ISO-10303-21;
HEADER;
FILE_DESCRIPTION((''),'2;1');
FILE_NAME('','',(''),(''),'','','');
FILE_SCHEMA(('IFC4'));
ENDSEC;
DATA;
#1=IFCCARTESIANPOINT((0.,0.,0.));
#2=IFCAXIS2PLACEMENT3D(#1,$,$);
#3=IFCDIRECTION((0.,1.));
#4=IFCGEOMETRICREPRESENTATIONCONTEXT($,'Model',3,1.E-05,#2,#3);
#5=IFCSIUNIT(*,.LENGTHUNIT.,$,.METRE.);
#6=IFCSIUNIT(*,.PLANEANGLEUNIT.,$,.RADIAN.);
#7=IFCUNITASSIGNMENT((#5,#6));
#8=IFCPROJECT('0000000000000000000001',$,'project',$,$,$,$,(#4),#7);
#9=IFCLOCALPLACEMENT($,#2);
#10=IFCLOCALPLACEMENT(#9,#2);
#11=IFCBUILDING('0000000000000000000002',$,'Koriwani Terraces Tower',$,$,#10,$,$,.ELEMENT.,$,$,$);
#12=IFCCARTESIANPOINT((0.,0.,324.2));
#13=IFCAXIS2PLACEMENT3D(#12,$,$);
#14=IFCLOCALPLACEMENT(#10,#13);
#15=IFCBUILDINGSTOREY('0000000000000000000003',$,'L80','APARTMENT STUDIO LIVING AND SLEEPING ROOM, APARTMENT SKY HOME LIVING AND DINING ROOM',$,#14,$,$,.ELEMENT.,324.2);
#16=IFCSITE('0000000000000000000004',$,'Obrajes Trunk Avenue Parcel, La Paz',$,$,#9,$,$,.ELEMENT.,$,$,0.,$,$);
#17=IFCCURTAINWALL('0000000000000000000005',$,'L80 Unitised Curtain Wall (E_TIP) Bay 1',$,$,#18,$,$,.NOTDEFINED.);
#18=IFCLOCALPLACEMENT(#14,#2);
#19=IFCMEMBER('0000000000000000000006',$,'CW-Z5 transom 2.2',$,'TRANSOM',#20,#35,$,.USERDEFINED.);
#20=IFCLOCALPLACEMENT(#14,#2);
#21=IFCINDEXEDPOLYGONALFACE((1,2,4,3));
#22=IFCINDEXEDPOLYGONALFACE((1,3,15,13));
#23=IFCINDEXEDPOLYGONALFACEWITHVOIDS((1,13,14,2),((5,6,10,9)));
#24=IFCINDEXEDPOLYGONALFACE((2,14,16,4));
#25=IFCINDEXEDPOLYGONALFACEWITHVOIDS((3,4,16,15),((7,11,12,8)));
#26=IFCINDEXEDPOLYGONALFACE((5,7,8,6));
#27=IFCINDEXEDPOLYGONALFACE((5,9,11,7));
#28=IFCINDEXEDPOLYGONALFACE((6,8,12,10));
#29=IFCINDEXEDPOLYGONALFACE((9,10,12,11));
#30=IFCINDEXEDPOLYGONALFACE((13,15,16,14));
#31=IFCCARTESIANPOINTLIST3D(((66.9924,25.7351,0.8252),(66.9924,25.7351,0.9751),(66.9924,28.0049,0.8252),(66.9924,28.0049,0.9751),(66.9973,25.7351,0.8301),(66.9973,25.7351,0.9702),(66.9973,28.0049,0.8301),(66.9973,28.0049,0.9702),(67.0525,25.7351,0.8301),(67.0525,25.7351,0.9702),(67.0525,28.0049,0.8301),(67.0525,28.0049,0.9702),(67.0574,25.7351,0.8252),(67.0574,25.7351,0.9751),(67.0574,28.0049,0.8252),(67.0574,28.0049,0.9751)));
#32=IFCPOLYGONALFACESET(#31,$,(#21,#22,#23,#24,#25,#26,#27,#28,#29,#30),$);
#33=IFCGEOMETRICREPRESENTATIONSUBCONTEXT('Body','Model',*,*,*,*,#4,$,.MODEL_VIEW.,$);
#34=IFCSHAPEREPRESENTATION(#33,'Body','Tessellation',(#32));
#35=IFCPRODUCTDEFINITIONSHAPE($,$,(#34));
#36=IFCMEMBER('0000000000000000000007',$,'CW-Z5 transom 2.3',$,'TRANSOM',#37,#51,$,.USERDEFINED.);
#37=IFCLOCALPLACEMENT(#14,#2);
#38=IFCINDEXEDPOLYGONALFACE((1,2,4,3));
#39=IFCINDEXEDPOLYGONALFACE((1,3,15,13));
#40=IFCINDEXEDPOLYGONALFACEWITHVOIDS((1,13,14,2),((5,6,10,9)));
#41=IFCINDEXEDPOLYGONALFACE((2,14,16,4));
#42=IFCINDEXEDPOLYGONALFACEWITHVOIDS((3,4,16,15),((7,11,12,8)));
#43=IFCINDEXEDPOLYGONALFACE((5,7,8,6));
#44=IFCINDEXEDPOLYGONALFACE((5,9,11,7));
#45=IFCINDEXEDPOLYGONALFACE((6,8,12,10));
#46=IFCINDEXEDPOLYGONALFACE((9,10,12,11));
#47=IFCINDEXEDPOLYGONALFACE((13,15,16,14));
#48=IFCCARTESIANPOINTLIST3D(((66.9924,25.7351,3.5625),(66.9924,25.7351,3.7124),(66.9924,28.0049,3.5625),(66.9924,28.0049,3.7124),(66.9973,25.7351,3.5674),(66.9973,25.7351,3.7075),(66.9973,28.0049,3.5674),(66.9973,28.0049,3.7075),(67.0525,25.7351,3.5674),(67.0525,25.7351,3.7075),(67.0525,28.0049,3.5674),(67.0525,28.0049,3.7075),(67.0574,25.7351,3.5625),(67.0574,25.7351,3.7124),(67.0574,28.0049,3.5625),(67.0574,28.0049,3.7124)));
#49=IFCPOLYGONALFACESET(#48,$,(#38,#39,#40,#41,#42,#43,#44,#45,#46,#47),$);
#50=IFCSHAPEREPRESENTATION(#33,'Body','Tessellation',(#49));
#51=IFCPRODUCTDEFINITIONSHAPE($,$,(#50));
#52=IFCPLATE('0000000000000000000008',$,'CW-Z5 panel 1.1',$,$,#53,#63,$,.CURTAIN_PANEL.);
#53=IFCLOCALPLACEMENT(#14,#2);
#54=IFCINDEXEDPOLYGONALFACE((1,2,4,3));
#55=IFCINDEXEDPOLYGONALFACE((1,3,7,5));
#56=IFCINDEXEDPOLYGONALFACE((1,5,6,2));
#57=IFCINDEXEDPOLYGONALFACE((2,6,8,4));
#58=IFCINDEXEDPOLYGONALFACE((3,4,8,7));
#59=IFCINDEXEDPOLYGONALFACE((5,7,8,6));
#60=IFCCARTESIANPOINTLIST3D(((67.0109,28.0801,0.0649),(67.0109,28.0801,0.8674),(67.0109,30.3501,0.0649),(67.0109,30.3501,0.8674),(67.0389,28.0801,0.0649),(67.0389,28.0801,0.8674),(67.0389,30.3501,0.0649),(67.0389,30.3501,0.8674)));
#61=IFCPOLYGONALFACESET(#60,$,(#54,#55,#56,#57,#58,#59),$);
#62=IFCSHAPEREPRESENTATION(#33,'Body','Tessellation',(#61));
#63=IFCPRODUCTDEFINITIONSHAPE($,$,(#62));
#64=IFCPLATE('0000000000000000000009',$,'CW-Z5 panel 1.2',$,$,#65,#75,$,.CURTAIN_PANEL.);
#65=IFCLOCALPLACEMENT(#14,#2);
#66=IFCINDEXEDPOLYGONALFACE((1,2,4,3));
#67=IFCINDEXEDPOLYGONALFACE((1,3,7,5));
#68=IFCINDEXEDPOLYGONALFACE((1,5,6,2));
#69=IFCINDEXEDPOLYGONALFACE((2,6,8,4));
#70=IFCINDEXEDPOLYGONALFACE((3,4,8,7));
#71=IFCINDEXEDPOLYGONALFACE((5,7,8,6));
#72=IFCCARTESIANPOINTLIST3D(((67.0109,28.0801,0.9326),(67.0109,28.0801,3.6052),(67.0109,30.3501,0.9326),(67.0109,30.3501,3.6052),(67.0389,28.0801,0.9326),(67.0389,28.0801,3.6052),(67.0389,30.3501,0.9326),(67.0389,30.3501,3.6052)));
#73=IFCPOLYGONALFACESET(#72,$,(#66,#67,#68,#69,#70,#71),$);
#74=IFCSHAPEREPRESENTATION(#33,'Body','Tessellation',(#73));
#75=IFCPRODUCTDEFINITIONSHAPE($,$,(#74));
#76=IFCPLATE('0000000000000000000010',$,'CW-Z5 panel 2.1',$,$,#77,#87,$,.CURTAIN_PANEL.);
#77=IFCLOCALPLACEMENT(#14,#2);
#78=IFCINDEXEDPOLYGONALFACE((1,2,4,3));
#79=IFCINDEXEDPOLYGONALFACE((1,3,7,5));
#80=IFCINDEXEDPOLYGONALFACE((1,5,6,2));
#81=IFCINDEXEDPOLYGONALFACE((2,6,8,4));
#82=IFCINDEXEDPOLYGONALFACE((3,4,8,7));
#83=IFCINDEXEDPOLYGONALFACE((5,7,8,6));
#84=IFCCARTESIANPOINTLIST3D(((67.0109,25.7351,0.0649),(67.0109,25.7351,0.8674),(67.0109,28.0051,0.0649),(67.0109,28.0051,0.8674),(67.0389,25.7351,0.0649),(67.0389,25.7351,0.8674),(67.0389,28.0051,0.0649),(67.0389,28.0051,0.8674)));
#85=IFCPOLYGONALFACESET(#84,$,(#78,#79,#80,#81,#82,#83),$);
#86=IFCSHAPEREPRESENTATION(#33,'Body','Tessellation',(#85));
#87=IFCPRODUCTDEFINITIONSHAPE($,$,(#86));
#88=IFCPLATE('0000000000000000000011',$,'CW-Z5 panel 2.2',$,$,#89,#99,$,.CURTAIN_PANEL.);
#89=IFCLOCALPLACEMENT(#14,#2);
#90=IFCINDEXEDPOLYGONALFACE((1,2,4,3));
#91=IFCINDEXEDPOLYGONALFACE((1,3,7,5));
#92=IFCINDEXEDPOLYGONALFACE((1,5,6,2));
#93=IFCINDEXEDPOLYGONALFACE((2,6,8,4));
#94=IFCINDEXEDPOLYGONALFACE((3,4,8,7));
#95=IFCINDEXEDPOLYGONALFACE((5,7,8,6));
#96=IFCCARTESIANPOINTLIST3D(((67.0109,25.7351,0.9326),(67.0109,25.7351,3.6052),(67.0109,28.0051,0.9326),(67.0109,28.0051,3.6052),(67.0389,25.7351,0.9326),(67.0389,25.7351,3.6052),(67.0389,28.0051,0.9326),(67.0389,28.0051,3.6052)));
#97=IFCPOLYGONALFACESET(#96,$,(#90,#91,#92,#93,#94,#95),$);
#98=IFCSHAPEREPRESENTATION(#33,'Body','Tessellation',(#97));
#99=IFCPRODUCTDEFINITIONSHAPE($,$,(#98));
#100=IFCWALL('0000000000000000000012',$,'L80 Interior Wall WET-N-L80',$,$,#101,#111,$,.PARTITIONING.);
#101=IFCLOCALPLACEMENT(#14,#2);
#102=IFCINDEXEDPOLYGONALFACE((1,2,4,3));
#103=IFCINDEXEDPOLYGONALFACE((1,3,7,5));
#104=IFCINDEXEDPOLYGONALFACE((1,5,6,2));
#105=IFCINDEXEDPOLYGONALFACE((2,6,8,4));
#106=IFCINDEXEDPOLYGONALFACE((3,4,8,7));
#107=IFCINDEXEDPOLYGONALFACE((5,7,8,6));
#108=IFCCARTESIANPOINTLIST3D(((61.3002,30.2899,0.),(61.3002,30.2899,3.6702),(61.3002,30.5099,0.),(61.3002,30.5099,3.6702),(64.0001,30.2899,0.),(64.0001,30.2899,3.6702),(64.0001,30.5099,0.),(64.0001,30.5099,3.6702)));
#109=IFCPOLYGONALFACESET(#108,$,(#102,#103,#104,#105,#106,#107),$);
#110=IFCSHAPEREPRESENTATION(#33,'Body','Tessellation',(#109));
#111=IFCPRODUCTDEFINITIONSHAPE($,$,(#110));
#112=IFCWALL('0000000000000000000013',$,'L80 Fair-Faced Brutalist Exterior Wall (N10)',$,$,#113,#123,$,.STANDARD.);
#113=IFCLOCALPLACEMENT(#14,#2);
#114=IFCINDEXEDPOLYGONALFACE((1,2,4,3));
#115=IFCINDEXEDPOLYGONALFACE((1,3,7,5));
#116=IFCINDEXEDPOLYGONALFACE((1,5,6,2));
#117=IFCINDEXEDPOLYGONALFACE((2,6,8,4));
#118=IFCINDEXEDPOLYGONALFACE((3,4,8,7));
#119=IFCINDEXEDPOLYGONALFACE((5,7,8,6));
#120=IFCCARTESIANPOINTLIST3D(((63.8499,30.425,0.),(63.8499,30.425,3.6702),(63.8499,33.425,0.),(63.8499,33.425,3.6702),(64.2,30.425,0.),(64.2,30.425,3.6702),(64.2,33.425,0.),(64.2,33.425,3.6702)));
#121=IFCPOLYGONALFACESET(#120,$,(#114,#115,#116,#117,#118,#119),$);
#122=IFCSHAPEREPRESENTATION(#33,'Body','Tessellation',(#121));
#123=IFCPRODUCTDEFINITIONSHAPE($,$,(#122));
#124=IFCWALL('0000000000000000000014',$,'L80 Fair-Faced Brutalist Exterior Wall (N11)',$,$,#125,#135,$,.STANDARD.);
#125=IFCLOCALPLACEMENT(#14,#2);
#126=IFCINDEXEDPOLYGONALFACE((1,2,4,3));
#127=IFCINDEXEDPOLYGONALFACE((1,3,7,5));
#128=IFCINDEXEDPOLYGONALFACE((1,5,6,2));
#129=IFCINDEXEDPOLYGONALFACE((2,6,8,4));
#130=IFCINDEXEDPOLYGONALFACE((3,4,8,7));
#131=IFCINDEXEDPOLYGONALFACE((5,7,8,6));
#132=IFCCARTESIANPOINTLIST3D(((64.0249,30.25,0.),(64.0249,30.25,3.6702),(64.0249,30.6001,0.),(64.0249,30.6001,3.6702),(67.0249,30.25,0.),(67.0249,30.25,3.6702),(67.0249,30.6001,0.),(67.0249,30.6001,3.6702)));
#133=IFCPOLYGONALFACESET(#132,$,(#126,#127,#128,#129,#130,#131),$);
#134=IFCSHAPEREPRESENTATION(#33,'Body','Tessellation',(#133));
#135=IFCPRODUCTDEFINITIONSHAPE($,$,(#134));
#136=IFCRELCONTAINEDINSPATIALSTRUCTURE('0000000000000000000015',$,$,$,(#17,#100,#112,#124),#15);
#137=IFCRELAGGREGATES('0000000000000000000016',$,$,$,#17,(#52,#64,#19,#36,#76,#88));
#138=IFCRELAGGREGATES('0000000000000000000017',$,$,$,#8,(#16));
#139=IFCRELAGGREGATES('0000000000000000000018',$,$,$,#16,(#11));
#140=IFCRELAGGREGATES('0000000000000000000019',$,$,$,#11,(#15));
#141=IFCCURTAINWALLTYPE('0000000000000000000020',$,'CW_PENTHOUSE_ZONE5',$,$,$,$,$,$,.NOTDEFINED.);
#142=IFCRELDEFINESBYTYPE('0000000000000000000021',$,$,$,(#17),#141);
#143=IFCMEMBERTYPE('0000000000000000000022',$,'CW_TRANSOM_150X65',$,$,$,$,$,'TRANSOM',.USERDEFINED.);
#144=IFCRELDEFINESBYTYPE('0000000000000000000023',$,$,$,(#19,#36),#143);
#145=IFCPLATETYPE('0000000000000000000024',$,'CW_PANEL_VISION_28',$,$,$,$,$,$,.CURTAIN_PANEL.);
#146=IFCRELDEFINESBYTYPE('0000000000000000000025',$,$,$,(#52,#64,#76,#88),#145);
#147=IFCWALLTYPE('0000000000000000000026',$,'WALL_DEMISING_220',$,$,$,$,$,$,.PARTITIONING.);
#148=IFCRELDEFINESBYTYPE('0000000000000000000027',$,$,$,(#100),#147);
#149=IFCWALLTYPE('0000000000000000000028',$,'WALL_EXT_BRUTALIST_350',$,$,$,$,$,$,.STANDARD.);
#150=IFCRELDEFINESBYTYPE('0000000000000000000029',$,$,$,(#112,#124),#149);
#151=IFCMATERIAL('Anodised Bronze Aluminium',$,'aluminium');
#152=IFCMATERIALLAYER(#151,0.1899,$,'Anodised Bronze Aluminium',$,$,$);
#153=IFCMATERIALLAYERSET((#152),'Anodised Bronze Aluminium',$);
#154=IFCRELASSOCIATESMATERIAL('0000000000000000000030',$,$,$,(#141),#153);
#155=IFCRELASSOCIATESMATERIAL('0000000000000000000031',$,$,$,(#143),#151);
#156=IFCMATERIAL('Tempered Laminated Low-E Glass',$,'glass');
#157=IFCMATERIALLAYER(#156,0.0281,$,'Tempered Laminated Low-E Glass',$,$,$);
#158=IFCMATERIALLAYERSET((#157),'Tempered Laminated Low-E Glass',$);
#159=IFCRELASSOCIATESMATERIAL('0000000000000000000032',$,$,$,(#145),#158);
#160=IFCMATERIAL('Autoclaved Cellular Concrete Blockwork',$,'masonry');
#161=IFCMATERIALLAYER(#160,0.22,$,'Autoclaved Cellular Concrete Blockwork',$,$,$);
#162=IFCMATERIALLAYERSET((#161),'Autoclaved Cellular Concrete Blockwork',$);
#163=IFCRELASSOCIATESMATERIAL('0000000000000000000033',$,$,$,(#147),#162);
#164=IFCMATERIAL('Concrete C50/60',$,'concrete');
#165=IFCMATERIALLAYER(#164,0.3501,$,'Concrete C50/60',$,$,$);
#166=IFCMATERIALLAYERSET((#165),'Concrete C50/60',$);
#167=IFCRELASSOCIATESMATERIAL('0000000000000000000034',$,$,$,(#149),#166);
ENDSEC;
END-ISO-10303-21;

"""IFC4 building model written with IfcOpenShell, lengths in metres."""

from ifc_helpers import new_model, si_unit, direction, frame, frame_2d, origin, origin_2d, place, context, subcontext, project, spatial, rectangle, hollow_rectangle, extrude, material, layer, layer_set, material_profile, profile_set, type_object, element, aggregate, save


model = new_model("IFC4")

# Units and contexts
model_context = context("Model", 3, precision=1e-05, world=origin(), true_north=direction((0.0, 1.0)))
body_context = subcontext(model_context, "Body", "Model", "MODEL_VIEW")
ifc_project = project(units=[si_unit("LENGTHUNIT", "METRE"), si_unit("PLANEANGLEUNIT", "RADIAN")], contexts=[model_context])

# Site, building, storey
site_placement = place(None, origin())
site = spatial("IfcSite", under=ifc_project, at=site_placement, Name="Obrajes Trunk Avenue Parcel, La Paz", CompositionType="ELEMENT", RefElevation=0.0)
building_placement = place(site_placement, origin())
building = spatial("IfcBuilding", under=site, at=building_placement, Name="Koriwani Terraces Tower", CompositionType="ELEMENT")
storey_placement = place(building_placement, frame((0.0, 0.0, 324.2)))
storey = spatial("IfcBuildingStorey", under=building, at=storey_placement, Name="L80", Description="APARTMENT STUDIO LIVING AND SLEEPING ROOM, APARTMENT SKY HOME LIVING AND DINING ROOM", CompositionType="ELEMENT", Elevation=324.2)

# Shared definitions
ifc_material_1 = material(Name="Concrete C50/60", Category="concrete")

# Curtain wall, members, plates
ifc_material_2 = material(Name="Anodised Bronze Aluminium", Category="aluminium")
ifc_layer_1 = layer(ifc_material_2, 0.1899, Name="Anodised Bronze Aluminium")
ifc_layer_set_1 = layer_set([ifc_layer_1], Name="Anodised Bronze Aluminium")
curtain_wall_type = type_object("IfcCurtainWallType", Name="CW_PENTHOUSE_ZONE5", PredefinedType="NOTDEFINED", material=ifc_layer_set_1)
curtain_wall_placement = place(storey_placement, origin())
curtain_wall = element("IfcCurtainWall", 1, at=curtain_wall_placement, inside=storey, type_object=curtain_wall_type, Name="L80 Unitised Curtain Wall (E_TIP) Bay 1", PredefinedType="NOTDEFINED")
ifc_material_profile_1 = material_profile(ifc_material_2, hollow_rectangle(XDim=0.0649, YDim=0.1499, WallThickness=0.0049, at=origin_2d()), Name="Anodised Bronze Aluminium", Category="LoadBearing")
ifc_profile_set_1 = profile_set([ifc_material_profile_1], Name="Anodised Bronze Aluminium")
member_type_1 = type_object("IfcMemberType", Name="CW_TRANSOM_150X65", ElementType="TRANSOM", PredefinedType="USERDEFINED", material=ifc_profile_set_1)
member_1_placement = place(storey_placement, frame((67.0249, 28.0049, 0.9001), z_axis=(0.0, -1.0, 0.0), x_axis=(1.0, 0.0, 0.0)))
member_1 = element("IfcMember", 2, at=member_1_placement, type_object=member_type_1, Name="CW-Z5 transom 2.2", ObjectType="TRANSOM", PredefinedType="USERDEFINED", context=body_context, shape_type="SweptSolid", body=[
    extrude(hollow_rectangle(XDim=0.0649, YDim=0.1499, WallThickness=0.0049, at=origin_2d()), origin(), (0.0, 0.0, 1.0), 2.2698),
])
member_2_placement = place(storey_placement, frame((67.0249, 28.0049, 3.6375), z_axis=(0.0, -1.0, 0.0), x_axis=(1.0, 0.0, 0.0)))
member_2 = element("IfcMember", 3, at=member_2_placement, type_object=member_type_1, Name="CW-Z5 transom 2.3", ObjectType="TRANSOM", PredefinedType="USERDEFINED", context=body_context, shape_type="SweptSolid", body=[
    extrude(hollow_rectangle(XDim=0.0649, YDim=0.1499, WallThickness=0.0049, at=origin_2d()), origin(), (0.0, 0.0, 1.0), 2.2698),
])
ifc_material_3 = material(Name="Tempered Laminated Low-E Glass", Category="glass")
ifc_layer_2 = layer(ifc_material_3, 0.0281, Name="Tempered Laminated Low-E Glass")
ifc_layer_set_2 = layer_set([ifc_layer_2], Name="Tempered Laminated Low-E Glass")
plate_type = type_object("IfcPlateType", Name="CW_PANEL_VISION_28", PredefinedType="CURTAIN_PANEL", material=ifc_layer_set_2)
plate_1_placement = place(storey_placement, frame((67.0249, 29.2151, 0.0649), z_axis=(0.0, 0.0, 1.0), x_axis=(0.0, -1.0, 0.0)))
plate_1 = element("IfcPlate", 4, at=plate_1_placement, type_object=plate_type, Name="CW-Z5 panel 1.1", PredefinedType="CURTAIN_PANEL", context=body_context, shape_type="SweptSolid", body=[
    extrude(rectangle(XDim=2.27, YDim=0.0281, at=origin_2d()), origin(), (0.0, 0.0, 1.0), 0.8025),
])
plate_2_placement = place(storey_placement, frame((67.0249, 29.2151, 0.9326), z_axis=(0.0, 0.0, 1.0), x_axis=(0.0, -1.0, 0.0)))
plate_2 = element("IfcPlate", 5, at=plate_2_placement, type_object=plate_type, Name="CW-Z5 panel 1.2", PredefinedType="CURTAIN_PANEL", context=body_context, shape_type="SweptSolid", body=[
    extrude(rectangle(XDim=2.27, YDim=0.0281, at=origin_2d()), origin(), (0.0, 0.0, 1.0), 2.6726),
])
plate_3_placement = place(storey_placement, frame((67.0249, 26.8701, 0.0649), z_axis=(0.0, 0.0, 1.0), x_axis=(0.0, -1.0, 0.0)))
plate_3 = element("IfcPlate", 6, at=plate_3_placement, type_object=plate_type, Name="CW-Z5 panel 2.1", PredefinedType="CURTAIN_PANEL", context=body_context, shape_type="SweptSolid", body=[
    extrude(rectangle(XDim=2.27, YDim=0.0281, at=origin_2d()), origin(), (0.0, 0.0, 1.0), 0.8025),
])
plate_4_placement = place(storey_placement, frame((67.0249, 26.8701, 0.9326), z_axis=(0.0, 0.0, 1.0), x_axis=(0.0, -1.0, 0.0)))
plate_4 = element("IfcPlate", 7, at=plate_4_placement, type_object=plate_type, Name="CW-Z5 panel 2.2", PredefinedType="CURTAIN_PANEL", context=body_context, shape_type="SweptSolid", body=[
    extrude(rectangle(XDim=2.27, YDim=0.0281, at=origin_2d()), origin(), (0.0, 0.0, 1.0), 2.6726),
])
aggregate(curtain_wall, [plate_1, plate_2, member_1, member_2, plate_3, plate_4])

# Walls
ifc_material_4 = material(Name="Autoclaved Cellular Concrete Blockwork", Category="masonry")
ifc_layer_3 = layer(ifc_material_4, 0.22, Name="Autoclaved Cellular Concrete Blockwork")
ifc_layer_set_3 = layer_set([ifc_layer_3], Name="Autoclaved Cellular Concrete Blockwork")
wall_type_1 = type_object("IfcWallType", Name="WALL_DEMISING_220", PredefinedType="PARTITIONING", material=ifc_layer_set_3)
wall_placement = place(storey_placement, frame((61.3, 30.3999, 0.0), z_axis=(0.0, 0.0, 1.0), x_axis=(1.0, 0.0, 0.0)))
element("IfcWall", 8, at=wall_placement, inside=storey, type_object=wall_type_1, Name="L80 Interior Wall WET-N-L80", PredefinedType="PARTITIONING", context=body_context, shape_type="SweptSolid", body=[
    extrude(rectangle(XDim=2.7, YDim=0.22, at=frame_2d((1.3501, 0.0))), origin(), (0.0, 0.0, 1.0), 3.6702),
])
ifc_layer_4 = layer(ifc_material_1, 0.3501, Name="Concrete C50/60")
ifc_layer_set_4 = layer_set([ifc_layer_4], Name="Concrete C50/60")
wall_type_2 = type_object("IfcWallType", Name="WALL_EXT_BRUTALIST_350", PredefinedType="STANDARD", material=ifc_layer_set_4)
for number, where, z_axis, x_axis, name in (
    (9, (64.0249, 33.425, 0.0), (0.0, 0.0, 1.0), (0.0, -1.0, 0.0), "L80 Fair-Faced Brutalist Exterior Wall (N10)"),
    (10, (64.0249, 30.425, 0.0), (0.0, 0.0, 1.0), (1.0, 0.0, 0.0), "L80 Fair-Faced Brutalist Exterior Wall (N11)"),
):
    element("IfcWall", number, at=place(storey_placement, frame(where, z_axis=z_axis, x_axis=x_axis)), inside=storey, type_object=wall_type_2, Name=name, PredefinedType="STANDARD", context=body_context, shape_type="SweptSolid", body=[
        extrude(rectangle(XDim=3.0, YDim=0.3501, at=frame_2d((1.5, 0.0))), origin(), (0.0, 0.0, 1.0), 3.6702),
    ])

save(model, "model.ifc")
